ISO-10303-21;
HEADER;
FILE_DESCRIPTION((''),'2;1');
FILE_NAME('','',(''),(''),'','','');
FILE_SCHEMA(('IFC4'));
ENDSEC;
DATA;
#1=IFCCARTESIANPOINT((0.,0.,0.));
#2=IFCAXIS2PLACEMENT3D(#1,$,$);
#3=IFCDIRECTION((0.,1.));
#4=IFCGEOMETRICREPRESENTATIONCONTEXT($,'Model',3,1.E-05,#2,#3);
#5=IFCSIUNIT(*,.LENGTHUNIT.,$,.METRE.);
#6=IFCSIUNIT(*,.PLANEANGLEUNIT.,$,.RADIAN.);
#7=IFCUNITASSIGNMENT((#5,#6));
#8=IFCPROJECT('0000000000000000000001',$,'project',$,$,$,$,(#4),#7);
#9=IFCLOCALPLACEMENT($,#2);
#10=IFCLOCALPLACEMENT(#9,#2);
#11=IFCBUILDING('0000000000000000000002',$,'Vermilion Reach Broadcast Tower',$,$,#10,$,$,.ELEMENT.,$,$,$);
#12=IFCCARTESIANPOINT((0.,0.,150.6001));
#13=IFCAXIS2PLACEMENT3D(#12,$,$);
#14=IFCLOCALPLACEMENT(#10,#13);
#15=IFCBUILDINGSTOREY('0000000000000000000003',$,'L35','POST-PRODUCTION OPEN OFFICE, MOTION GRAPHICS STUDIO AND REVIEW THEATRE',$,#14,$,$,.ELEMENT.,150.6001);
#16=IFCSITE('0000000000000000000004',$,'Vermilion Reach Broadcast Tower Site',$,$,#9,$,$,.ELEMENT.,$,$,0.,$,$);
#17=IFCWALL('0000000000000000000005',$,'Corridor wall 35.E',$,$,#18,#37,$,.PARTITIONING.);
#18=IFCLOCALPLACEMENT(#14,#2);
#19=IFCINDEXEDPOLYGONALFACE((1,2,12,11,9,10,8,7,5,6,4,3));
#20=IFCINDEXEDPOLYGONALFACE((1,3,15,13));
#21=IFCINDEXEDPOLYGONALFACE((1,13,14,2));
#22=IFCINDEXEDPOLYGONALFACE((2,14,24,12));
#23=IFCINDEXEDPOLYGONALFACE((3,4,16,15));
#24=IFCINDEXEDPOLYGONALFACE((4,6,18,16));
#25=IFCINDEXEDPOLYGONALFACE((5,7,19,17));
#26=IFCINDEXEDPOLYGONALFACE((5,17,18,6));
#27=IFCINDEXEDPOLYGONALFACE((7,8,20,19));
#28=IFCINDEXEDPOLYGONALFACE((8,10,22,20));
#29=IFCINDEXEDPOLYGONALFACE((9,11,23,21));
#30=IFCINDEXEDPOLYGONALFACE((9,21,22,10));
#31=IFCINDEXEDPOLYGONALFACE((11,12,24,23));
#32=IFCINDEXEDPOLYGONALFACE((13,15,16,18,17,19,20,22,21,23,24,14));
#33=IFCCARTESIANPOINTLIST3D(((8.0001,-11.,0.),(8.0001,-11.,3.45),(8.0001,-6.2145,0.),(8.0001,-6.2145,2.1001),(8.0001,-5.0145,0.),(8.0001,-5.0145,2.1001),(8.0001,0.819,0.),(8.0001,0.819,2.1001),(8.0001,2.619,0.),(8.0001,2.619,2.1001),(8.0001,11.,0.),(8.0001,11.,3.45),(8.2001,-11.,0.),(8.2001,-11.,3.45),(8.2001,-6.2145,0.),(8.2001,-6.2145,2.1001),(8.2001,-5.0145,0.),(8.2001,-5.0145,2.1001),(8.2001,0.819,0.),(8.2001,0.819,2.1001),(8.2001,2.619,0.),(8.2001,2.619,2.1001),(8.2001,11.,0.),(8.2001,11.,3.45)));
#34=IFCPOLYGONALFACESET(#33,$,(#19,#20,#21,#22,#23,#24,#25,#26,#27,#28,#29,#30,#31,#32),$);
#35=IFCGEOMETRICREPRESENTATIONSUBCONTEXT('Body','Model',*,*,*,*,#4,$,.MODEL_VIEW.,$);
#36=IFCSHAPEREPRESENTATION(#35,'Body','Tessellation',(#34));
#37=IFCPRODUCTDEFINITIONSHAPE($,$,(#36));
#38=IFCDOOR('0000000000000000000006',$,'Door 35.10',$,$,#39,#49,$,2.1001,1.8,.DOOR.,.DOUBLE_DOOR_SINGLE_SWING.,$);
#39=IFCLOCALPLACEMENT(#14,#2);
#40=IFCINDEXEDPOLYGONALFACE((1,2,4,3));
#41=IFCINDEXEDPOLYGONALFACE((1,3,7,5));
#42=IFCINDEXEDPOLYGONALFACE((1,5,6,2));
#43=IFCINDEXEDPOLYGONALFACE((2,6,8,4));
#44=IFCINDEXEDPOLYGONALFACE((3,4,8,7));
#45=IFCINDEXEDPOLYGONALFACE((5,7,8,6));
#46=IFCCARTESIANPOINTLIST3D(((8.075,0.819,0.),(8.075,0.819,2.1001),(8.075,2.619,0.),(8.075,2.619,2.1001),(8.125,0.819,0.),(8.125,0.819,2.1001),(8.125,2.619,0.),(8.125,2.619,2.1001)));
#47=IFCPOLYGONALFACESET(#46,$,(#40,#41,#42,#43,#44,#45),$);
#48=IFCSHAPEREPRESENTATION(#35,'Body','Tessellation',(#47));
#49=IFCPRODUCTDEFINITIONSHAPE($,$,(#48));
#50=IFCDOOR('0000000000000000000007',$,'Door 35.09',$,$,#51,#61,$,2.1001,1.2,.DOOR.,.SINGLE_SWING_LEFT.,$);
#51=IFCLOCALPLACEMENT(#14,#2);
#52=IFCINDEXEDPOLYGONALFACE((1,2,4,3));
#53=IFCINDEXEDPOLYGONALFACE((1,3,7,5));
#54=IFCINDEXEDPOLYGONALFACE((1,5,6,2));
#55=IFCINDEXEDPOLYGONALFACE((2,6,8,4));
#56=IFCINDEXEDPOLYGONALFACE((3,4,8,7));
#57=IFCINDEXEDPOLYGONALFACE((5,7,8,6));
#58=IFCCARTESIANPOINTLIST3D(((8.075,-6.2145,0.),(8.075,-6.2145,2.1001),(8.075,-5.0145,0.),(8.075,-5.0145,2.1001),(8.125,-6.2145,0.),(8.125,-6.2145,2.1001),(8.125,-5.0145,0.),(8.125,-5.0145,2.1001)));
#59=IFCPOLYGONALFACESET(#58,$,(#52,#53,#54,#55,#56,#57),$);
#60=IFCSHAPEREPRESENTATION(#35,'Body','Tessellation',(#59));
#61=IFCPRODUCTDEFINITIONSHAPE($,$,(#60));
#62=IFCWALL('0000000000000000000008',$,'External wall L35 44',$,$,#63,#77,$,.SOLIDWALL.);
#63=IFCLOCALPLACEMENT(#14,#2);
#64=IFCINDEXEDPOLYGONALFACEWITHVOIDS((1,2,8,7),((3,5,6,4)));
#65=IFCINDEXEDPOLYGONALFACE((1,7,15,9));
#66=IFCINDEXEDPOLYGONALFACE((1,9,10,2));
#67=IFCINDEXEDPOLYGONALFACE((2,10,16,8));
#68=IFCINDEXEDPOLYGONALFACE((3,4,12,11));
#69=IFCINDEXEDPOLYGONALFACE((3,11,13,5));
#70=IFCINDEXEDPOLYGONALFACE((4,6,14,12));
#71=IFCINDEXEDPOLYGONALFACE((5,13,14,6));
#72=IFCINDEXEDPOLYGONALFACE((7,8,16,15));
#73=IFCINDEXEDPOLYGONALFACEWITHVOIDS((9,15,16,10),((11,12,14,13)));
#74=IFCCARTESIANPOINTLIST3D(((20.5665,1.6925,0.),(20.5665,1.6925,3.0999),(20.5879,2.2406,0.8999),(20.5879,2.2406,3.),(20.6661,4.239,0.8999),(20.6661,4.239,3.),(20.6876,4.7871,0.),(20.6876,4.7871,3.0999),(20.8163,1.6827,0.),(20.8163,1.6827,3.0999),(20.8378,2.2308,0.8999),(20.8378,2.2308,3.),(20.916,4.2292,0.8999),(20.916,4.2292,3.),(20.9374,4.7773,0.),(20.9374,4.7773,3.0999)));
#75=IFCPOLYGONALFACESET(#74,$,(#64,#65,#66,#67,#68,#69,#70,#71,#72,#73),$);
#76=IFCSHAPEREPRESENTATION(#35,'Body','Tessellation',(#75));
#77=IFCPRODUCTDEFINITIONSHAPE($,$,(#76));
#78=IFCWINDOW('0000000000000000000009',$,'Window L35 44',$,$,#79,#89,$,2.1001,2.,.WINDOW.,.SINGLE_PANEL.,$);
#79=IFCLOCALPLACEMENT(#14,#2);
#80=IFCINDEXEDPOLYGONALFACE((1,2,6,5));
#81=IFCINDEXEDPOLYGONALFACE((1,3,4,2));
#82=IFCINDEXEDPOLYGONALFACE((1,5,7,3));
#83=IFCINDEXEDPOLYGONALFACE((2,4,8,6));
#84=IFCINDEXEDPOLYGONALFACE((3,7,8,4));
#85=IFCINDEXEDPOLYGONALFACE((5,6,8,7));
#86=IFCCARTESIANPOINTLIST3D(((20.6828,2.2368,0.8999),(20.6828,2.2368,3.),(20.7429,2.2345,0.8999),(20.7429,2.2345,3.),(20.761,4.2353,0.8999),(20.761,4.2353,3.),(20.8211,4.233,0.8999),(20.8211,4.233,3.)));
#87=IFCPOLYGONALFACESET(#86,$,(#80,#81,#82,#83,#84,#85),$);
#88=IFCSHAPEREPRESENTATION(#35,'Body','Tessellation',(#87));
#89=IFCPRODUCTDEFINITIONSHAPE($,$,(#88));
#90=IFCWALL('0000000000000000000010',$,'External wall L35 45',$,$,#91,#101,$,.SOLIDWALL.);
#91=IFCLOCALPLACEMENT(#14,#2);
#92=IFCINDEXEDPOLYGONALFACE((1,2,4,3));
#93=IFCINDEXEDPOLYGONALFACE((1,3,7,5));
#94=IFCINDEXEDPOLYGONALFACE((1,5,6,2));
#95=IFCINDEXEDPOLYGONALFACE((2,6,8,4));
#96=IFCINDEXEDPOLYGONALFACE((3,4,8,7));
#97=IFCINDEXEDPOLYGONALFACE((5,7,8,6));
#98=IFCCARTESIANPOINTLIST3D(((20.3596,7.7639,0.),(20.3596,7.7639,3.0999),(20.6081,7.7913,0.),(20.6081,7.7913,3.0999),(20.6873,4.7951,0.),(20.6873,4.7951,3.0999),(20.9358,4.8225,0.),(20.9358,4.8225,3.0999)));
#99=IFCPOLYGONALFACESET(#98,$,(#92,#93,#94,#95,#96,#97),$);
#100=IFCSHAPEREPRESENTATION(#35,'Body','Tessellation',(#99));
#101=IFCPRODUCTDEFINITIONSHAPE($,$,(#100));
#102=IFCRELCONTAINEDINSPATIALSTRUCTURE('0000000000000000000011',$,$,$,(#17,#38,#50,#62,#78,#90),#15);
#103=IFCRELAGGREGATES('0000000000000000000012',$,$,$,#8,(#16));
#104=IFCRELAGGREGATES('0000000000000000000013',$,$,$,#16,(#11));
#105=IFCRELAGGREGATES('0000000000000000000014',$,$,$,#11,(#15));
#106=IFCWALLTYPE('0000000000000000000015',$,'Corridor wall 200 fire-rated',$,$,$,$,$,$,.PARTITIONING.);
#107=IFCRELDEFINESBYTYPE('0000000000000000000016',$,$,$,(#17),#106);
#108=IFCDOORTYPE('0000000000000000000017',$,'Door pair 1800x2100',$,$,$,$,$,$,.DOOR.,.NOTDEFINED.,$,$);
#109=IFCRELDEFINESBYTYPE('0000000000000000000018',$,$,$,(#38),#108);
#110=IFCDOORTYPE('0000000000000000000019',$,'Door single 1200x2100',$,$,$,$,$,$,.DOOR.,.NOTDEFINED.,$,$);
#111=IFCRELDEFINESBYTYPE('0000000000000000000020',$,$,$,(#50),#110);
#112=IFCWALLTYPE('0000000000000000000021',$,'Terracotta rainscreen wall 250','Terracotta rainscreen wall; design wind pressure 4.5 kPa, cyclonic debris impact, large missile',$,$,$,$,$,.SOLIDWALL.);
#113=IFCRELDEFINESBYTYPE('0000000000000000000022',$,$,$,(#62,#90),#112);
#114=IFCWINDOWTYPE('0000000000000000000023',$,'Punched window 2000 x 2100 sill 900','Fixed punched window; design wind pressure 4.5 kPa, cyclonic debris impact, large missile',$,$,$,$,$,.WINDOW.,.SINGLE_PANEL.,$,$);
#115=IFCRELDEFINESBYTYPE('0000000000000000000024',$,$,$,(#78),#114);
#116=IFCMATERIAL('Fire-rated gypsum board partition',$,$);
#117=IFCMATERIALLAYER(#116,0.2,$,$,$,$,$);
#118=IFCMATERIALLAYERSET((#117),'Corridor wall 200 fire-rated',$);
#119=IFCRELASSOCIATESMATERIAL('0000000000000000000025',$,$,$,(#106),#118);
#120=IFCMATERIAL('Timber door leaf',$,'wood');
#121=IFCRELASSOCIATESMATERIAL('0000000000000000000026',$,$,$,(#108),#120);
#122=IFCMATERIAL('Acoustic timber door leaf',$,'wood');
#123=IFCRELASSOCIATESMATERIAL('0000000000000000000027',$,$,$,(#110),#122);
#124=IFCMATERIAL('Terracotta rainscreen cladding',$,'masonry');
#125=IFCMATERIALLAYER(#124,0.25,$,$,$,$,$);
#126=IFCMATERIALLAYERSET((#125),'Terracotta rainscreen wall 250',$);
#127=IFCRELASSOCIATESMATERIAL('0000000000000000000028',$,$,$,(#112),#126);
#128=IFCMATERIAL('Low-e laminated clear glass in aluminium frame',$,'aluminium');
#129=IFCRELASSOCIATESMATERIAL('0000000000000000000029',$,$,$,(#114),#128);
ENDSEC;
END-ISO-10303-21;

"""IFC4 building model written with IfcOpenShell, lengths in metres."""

from ifc_helpers import new_model, si_unit, direction, frame, frame_2d, origin, place, context, subcontext, project, spatial, rectangle, extrude, material, layer, layer_set, type_object, element, fill, save


model = new_model("IFC4")

# Units and contexts
model_context = context("Model", 3, precision=1e-05, world=origin(), true_north=direction((0.0, 1.0)))
body_context = subcontext(model_context, "Body", "Model", "MODEL_VIEW")
ifc_project = project(units=[si_unit("LENGTHUNIT", "METRE"), si_unit("PLANEANGLEUNIT", "RADIAN")], contexts=[model_context])

# Site, building, storey
site_placement = place(None, origin())
site = spatial("IfcSite", under=ifc_project, at=site_placement, Name="Vermilion Reach Broadcast Tower Site", CompositionType="ELEMENT", RefElevation=0.0)
building_placement = place(site_placement, origin())
building = spatial("IfcBuilding", under=site, at=building_placement, Name="Vermilion Reach Broadcast Tower", CompositionType="ELEMENT")
storey_placement = place(building_placement, frame((0.0, 0.0, 150.6001)))
storey = spatial("IfcBuildingStorey", under=building, at=storey_placement, Name="L35", Description="POST-PRODUCTION OPEN OFFICE, MOTION GRAPHICS STUDIO AND REVIEW THEATRE", CompositionType="ELEMENT", Elevation=150.6001)

# Wall, openings, doors
ifc_material_1 = material(Name="Fire-rated gypsum board partition")
ifc_layer_1 = layer(ifc_material_1, 0.2)
ifc_layer_set_1 = layer_set([ifc_layer_1], Name="Corridor wall 200 fire-rated")
wall_type_1 = type_object("IfcWallType", Name="Corridor wall 200 fire-rated", PredefinedType="PARTITIONING", material=ifc_layer_set_1)
wall_1_placement = place(storey_placement, frame((8.1001, 11.0, 0.0), z_axis=(0.0, 0.0, 1.0), x_axis=(0.0, -1.0, 0.0)))
wall_1 = element("IfcWall", 1, at=wall_1_placement, inside=storey, type_object=wall_type_1, Name="Corridor wall 35.E", PredefinedType="PARTITIONING", context=body_context, shape_type="SweptSolid", body=[
    extrude(rectangle(XDim=22.0, YDim=0.2, at=frame_2d((11.0, 0.0))), origin(), (0.0, 0.0, 1.0), 3.45),
])
opening_1_placement = place(wall_1_placement, frame((16.0144, 0.0, 0.0)))
opening_1 = element("IfcOpeningElement", 2, at=opening_1_placement, cuts=wall_1, PredefinedType="OPENING", context=body_context, shape_type="SweptSolid", body=[
    extrude(rectangle(XDim=1.2, YDim=2.1001, at=frame_2d((0.6001, 1.05))), frame((0.0, 0.1099, 0.0), z_axis=(0.0, -1.0, 0.0), x_axis=(1.0, 0.0, 0.0)), (0.0, 0.0, 1.0), 0.22),
])
opening_2_placement = place(wall_1_placement, frame((8.3811, 0.0, 0.0)))
opening_2 = element("IfcOpeningElement", 3, at=opening_2_placement, cuts=wall_1, PredefinedType="OPENING", context=body_context, shape_type="SweptSolid", body=[
    extrude(rectangle(XDim=1.8, YDim=2.1001, at=frame_2d((0.8999, 1.05))), frame((0.0, 0.1099, 0.0), z_axis=(0.0, -1.0, 0.0), x_axis=(1.0, 0.0, 0.0)), (0.0, 0.0, 1.0), 0.22),
])
ifc_material_2 = material(Name="Timber door leaf", Category="wood")
door_type_1 = type_object("IfcDoorType", Name="Door pair 1800x2100", OperationType="NOTDEFINED", PredefinedType="DOOR", material=ifc_material_2)
door_1_placement = place(opening_2_placement, origin())
door_1 = element("IfcDoor", 4, at=door_1_placement, inside=storey, type_object=door_type_1, Name="Door 35.10", OperationType="DOUBLE_DOOR_SINGLE_SWING", OverallHeight=2.1001, OverallWidth=1.8, PredefinedType="DOOR", context=body_context, shape_type="SweptSolid", body=[
    extrude(rectangle(XDim=1.8, YDim=2.1001, at=frame_2d((0.8999, 1.05))), frame((0.0, 0.0249, 0.0), z_axis=(0.0, -1.0, 0.0), x_axis=(1.0, 0.0, 0.0)), (0.0, 0.0, 1.0), 0.05),
])
fill(opening_2, door_1)
ifc_material_3 = material(Name="Acoustic timber door leaf", Category="wood")
door_type_2 = type_object("IfcDoorType", Name="Door single 1200x2100", OperationType="NOTDEFINED", PredefinedType="DOOR", material=ifc_material_3)
door_2_placement = place(opening_1_placement, origin())
door_2 = element("IfcDoor", 5, at=door_2_placement, inside=storey, type_object=door_type_2, Name="Door 35.09", OperationType="SINGLE_SWING_LEFT", OverallHeight=2.1001, OverallWidth=1.2, PredefinedType="DOOR", context=body_context, shape_type="SweptSolid", body=[
    extrude(rectangle(XDim=1.2, YDim=2.1001, at=frame_2d((0.6001, 1.05))), frame((0.0, 0.0249, 0.0), z_axis=(0.0, -1.0, 0.0), x_axis=(1.0, 0.0, 0.0)), (0.0, 0.0, 1.0), 0.05),
])
fill(opening_1, door_2)

# Wall, opening, window
ifc_material_4 = material(Name="Terracotta rainscreen cladding", Category="masonry")
ifc_layer_2 = layer(ifc_material_4, 0.25)
ifc_layer_set_2 = layer_set([ifc_layer_2], Name="Terracotta rainscreen wall 250")
wall_type_2 = type_object("IfcWallType", Name="Terracotta rainscreen wall 250", Description="Terracotta rainscreen wall; design wind pressure 4.5 kPa, cyclonic debris impact, large missile", PredefinedType="SOLIDWALL", material=ifc_layer_set_2)
wall_2_placement = place(storey_placement, frame((20.6914, 1.6877, 0.0), z_axis=(0.0, 0.0, 1.0), x_axis=(0.039102, 0.999235, 0.0)))
wall_2 = element("IfcWall", 6, at=wall_2_placement, inside=storey, type_object=wall_type_2, Name="External wall L35 44", PredefinedType="SOLIDWALL", context=body_context, shape_type="SweptSolid", body=[
    extrude(rectangle(XDim=3.0969, YDim=0.25, at=frame_2d((1.5483, 0.0))), origin(), (0.0, 0.0, 1.0), 3.0999),
])
opening_3_placement = place(wall_2_placement, frame((0.5483, 0.0, 0.8999)))
opening_3 = element("IfcOpeningElement", 7, at=opening_3_placement, cuts=wall_2, PredefinedType="OPENING", context=body_context, shape_type="SweptSolid", body=[
    extrude(rectangle(XDim=2.0, YDim=2.1001, at=frame_2d((1.0, 1.05))), frame((0.0, 0.135, 0.0), z_axis=(0.0, -1.0, 0.0), x_axis=(1.0, 0.0, 0.0)), (0.0, 0.0, 1.0), 0.27),
])
ifc_material_5 = material(Name="Low-e laminated clear glass in aluminium frame", Category="aluminium")
window_type = type_object("IfcWindowType", Name="Punched window 2000 x 2100 sill 900", Description="Fixed punched window; design wind pressure 4.5 kPa, cyclonic debris impact, large missile", PartitioningType="SINGLE_PANEL", PredefinedType="WINDOW", material=ifc_material_5)
window_placement = place(opening_3_placement, origin())
window = element("IfcWindow", 8, at=window_placement, inside=storey, type_object=window_type, Name="Window L35 44", OverallHeight=2.1001, OverallWidth=2.0, PartitioningType="SINGLE_PANEL", PredefinedType="WINDOW", context=body_context, shape_type="SweptSolid", body=[
    extrude(rectangle(XDim=2.0, YDim=2.1001, at=frame_2d((1.0, 1.05))), frame((0.0, 0.03, 0.0), z_axis=(0.0, -1.0, 0.0), x_axis=(1.0, 0.0, 0.0)), (0.0, 0.0, 1.0), 0.0601),
])
fill(opening_3, window)

# Wall
wall_3_placement = place(storey_placement, frame((20.8115, 4.8088, 0.0), z_axis=(0.0, 0.0, 1.0), x_axis=(-0.109696, 0.993965, 0.0)))
element("IfcWall", 9, at=wall_3_placement, inside=storey, type_object=wall_type_2, Name="External wall L35 45", PredefinedType="SOLIDWALL", context=body_context, shape_type="SweptSolid", body=[
    extrude(rectangle(XDim=2.9868, YDim=0.25, at=frame_2d((1.4934, 0.0))), origin(), (0.0, 0.0, 1.0), 3.0999),
])

save(model, "model.ifc")
